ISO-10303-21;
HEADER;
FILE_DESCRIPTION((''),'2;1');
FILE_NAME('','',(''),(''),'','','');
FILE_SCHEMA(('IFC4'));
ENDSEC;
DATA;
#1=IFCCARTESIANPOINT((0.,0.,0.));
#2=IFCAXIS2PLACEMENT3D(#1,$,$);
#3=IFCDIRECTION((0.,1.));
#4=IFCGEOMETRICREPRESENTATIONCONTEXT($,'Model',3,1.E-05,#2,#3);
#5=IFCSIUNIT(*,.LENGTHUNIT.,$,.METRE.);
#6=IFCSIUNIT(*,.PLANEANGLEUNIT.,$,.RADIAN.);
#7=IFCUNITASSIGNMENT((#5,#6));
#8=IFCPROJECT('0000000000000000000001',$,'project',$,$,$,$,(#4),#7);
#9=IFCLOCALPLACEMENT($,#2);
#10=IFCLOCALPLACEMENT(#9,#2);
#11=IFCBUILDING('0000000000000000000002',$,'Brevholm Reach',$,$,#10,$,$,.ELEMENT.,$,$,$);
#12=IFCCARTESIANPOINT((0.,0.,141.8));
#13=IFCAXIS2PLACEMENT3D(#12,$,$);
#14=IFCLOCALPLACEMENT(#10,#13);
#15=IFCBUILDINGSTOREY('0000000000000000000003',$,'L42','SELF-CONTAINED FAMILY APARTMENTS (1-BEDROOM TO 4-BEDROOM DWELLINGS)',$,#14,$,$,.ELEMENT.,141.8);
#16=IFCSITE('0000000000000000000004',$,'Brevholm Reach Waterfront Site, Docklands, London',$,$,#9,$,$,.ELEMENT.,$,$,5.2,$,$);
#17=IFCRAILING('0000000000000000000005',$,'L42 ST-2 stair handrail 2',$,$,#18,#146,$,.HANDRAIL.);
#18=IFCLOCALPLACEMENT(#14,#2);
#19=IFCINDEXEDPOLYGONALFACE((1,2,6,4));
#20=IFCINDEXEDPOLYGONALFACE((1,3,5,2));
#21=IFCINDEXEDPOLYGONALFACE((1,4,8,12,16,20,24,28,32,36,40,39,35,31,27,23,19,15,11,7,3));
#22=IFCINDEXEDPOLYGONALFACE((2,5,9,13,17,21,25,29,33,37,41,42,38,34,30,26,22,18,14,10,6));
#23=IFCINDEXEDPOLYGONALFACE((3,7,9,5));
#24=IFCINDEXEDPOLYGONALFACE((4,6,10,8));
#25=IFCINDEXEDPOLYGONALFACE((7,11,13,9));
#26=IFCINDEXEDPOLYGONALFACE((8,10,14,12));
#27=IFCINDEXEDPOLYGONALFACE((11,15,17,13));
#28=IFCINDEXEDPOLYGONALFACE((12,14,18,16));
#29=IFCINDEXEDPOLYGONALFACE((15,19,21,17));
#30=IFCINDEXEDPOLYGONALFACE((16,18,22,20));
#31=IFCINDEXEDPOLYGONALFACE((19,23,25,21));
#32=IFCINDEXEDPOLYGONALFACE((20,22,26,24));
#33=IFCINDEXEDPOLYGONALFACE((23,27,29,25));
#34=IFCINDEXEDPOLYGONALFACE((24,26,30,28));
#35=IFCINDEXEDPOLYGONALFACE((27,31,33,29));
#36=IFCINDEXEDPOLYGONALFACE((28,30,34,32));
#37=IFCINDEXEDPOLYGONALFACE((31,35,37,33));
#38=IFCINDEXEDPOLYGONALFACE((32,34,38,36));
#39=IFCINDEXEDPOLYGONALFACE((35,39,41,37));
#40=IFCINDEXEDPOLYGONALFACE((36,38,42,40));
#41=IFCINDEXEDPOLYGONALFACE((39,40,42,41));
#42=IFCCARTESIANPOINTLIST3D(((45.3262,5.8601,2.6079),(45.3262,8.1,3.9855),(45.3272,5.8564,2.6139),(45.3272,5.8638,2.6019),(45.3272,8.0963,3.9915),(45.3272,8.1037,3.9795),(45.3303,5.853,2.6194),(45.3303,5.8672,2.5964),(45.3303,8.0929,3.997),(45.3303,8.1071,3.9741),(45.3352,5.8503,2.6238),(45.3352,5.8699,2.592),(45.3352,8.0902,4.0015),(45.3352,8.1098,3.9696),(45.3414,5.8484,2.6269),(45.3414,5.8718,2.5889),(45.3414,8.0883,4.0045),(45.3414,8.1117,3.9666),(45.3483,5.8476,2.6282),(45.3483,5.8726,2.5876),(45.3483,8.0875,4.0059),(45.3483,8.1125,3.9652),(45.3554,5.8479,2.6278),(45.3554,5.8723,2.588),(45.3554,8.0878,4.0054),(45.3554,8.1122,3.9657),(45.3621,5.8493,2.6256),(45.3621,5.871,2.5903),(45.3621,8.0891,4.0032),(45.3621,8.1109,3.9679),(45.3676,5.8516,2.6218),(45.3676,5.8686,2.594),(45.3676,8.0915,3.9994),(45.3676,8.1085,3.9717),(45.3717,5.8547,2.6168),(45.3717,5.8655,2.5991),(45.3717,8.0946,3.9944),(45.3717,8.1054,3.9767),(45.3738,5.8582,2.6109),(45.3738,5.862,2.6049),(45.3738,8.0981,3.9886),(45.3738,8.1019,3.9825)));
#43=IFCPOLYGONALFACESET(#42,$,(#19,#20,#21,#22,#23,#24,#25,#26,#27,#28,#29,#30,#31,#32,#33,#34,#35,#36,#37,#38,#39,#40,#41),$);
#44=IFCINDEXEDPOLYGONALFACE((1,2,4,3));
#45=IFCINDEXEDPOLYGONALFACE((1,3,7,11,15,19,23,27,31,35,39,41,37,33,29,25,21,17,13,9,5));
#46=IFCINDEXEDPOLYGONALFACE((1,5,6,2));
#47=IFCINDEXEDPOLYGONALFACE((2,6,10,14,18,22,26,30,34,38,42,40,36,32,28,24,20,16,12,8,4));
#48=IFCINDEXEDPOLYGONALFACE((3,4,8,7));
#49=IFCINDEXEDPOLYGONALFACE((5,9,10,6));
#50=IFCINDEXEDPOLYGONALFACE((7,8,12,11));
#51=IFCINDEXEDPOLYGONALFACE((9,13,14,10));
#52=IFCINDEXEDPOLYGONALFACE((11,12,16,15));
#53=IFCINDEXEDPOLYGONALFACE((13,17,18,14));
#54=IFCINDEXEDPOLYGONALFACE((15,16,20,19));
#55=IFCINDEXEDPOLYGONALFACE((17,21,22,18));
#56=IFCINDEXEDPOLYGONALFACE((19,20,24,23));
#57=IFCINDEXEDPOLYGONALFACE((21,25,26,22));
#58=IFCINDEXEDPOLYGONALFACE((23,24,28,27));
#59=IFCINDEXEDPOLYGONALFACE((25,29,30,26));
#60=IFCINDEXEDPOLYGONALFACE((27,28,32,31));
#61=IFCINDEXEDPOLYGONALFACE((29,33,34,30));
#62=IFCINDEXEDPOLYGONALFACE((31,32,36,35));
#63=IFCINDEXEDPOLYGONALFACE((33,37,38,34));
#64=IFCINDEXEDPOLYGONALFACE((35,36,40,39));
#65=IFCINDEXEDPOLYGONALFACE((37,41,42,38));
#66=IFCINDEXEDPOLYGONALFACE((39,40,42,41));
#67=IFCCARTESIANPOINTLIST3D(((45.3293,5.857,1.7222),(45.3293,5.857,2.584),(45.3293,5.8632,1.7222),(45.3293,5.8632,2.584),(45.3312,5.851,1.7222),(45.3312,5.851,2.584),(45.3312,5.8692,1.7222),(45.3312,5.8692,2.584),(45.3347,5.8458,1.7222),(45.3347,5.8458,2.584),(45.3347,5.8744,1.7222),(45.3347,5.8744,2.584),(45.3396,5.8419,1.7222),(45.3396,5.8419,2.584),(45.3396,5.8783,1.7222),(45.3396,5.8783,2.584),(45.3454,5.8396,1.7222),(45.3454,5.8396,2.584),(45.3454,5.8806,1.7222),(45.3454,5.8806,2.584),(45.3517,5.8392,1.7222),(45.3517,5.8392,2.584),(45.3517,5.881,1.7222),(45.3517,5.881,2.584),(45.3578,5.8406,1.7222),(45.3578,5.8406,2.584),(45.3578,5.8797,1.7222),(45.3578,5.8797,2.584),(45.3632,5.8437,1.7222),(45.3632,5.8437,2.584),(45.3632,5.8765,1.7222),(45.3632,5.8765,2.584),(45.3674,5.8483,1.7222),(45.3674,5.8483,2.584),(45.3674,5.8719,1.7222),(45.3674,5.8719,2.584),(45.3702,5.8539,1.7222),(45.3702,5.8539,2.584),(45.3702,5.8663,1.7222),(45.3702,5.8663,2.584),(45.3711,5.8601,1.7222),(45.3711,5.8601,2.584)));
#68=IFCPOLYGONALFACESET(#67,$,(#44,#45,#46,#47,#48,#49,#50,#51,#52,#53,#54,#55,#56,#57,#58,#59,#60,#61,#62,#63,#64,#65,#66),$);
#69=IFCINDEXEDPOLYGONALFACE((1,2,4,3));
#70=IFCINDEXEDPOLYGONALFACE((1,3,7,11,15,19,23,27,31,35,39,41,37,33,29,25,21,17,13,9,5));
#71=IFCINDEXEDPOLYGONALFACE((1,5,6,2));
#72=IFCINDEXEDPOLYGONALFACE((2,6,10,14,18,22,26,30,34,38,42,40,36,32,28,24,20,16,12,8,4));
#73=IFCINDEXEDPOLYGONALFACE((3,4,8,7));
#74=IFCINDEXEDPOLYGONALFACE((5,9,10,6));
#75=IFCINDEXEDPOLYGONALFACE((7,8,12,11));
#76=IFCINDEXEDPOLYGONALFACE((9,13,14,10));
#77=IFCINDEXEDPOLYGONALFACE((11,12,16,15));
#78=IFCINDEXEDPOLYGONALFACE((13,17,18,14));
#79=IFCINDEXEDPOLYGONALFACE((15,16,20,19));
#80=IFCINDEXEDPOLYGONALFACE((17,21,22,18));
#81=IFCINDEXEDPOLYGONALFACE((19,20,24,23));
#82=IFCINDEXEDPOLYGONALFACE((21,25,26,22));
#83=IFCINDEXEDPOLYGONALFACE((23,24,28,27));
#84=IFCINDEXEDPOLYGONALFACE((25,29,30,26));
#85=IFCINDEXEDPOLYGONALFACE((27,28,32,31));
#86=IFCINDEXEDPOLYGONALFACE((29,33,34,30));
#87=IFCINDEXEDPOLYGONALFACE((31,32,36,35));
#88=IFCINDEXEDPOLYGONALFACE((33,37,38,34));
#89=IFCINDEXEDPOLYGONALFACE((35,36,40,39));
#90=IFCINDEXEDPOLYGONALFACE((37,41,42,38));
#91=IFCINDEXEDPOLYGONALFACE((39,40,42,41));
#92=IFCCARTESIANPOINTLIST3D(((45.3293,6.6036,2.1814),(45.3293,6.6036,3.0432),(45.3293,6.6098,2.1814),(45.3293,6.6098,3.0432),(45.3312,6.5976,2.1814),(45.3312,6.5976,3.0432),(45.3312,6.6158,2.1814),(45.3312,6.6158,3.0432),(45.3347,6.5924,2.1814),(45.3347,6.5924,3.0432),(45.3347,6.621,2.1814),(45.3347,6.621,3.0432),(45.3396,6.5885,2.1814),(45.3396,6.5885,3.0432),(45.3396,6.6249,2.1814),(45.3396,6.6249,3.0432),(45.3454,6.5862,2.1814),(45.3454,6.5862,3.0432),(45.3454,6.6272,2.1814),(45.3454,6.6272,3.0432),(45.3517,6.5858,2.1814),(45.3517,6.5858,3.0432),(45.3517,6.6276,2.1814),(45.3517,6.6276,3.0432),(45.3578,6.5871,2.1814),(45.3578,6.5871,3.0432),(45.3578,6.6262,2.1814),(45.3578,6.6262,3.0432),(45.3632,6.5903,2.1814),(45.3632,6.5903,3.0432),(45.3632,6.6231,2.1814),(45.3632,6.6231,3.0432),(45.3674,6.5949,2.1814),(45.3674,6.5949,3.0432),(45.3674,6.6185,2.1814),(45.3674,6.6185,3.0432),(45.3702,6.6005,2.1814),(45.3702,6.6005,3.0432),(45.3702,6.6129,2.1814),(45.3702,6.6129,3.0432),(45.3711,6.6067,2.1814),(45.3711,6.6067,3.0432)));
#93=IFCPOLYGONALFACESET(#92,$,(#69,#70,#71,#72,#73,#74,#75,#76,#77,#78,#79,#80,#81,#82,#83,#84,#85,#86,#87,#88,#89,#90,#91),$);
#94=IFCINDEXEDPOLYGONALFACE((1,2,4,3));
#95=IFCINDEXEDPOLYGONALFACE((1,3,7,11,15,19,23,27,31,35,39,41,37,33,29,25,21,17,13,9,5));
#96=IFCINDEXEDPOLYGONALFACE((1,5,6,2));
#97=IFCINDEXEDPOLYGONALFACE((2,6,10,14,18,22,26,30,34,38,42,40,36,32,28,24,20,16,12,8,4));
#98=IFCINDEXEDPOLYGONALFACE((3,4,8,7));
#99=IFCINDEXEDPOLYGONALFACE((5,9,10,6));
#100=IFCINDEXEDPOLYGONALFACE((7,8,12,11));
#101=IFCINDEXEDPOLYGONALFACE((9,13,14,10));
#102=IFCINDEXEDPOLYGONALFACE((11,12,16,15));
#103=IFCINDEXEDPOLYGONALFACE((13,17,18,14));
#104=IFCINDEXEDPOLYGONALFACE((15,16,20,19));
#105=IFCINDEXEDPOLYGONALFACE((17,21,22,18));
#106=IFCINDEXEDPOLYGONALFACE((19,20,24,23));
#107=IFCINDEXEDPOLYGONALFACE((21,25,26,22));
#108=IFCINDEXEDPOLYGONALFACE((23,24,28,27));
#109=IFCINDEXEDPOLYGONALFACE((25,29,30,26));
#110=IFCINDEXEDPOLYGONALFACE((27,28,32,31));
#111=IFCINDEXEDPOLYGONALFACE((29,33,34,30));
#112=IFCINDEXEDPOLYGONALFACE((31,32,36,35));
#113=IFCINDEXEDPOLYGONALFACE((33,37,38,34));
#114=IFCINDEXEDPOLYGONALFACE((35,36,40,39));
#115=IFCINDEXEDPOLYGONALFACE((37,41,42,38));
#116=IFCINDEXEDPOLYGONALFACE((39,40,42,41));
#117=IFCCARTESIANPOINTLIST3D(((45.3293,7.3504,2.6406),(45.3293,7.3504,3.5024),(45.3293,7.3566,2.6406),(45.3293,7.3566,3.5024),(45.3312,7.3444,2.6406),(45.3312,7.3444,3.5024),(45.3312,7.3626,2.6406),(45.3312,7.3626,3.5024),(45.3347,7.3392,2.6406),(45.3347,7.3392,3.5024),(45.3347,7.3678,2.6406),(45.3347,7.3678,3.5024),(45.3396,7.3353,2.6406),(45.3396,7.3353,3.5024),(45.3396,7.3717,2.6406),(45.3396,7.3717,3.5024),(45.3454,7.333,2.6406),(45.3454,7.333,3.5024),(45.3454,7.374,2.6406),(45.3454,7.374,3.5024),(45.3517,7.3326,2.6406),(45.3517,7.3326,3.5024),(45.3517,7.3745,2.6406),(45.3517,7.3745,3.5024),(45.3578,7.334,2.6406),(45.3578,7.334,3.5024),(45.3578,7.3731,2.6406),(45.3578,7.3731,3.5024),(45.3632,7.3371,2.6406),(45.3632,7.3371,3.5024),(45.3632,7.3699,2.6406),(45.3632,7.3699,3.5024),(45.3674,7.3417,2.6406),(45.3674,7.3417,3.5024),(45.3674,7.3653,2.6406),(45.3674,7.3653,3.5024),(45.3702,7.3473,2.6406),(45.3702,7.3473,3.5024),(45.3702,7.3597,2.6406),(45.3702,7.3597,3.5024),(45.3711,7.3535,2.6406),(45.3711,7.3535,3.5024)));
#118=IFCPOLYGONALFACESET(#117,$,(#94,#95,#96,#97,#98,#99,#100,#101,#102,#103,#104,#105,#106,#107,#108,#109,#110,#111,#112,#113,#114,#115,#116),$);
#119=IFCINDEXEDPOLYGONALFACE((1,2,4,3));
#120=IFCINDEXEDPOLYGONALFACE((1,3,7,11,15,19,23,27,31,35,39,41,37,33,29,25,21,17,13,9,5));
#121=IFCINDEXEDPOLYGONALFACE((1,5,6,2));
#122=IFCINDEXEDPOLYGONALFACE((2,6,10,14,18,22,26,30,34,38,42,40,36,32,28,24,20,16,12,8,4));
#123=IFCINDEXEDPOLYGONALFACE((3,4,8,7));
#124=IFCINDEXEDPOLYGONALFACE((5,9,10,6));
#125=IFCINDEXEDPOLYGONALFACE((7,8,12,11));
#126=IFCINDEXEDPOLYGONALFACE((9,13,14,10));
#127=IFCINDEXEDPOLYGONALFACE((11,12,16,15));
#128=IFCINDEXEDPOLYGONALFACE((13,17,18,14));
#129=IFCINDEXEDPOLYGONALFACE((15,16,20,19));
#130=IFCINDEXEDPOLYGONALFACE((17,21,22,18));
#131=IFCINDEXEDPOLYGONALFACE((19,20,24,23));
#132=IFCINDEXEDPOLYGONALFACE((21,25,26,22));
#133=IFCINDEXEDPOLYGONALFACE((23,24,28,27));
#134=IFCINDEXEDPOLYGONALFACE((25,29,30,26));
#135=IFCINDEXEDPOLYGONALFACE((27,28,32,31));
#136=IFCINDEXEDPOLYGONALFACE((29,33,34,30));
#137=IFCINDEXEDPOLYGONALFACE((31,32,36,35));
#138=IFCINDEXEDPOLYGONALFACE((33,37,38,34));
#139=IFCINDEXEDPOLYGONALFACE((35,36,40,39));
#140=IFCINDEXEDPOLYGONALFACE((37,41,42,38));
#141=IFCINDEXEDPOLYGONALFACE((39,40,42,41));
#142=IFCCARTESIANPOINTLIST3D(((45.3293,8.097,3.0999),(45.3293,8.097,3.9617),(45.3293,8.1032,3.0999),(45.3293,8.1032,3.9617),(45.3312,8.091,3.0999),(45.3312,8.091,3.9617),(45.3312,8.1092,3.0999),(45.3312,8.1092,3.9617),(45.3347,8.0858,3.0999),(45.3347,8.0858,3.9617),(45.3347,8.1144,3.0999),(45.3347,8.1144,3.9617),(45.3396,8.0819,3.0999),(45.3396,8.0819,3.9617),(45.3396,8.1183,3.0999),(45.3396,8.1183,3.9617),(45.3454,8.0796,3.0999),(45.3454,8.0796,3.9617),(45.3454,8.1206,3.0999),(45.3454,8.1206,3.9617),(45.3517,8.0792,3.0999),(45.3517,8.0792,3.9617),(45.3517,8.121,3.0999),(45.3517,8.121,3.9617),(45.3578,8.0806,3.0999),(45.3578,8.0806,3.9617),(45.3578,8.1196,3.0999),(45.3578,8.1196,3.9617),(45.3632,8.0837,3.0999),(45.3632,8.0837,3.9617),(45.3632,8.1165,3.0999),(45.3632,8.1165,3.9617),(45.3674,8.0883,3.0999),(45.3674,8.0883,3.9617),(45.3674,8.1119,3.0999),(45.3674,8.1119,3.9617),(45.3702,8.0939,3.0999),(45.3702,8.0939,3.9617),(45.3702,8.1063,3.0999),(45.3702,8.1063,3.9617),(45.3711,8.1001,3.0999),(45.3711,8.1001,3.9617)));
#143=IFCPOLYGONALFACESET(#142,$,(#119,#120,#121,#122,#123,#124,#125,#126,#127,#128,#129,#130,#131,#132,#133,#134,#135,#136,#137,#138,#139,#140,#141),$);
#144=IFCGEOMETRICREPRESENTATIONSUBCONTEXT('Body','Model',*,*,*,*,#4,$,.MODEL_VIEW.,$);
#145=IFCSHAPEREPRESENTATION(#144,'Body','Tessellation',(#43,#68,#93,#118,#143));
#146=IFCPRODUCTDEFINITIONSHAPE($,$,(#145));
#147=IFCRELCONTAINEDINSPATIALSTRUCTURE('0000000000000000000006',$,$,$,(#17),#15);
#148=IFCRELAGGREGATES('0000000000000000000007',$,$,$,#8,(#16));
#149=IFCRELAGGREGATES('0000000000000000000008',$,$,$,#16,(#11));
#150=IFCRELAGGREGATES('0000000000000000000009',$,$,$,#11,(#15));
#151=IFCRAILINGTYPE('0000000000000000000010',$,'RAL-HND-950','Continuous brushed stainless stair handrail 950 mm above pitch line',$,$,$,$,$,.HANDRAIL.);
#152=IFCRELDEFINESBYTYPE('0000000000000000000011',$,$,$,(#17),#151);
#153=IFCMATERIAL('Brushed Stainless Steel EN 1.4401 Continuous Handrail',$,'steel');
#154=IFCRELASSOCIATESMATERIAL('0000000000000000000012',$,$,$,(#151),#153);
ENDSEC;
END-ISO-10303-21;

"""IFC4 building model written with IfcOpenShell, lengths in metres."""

from ifc_helpers import new_model, si_unit, direction, frame, origin, origin_2d, place, context, subcontext, project, spatial, circle, extrude, material, type_object, element, save


model = new_model("IFC4")

# Units and contexts
model_context = context("Model", 3, precision=1e-05, world=origin(), true_north=direction((0.0, 1.0)))
body_context = subcontext(model_context, "Body", "Model", "MODEL_VIEW")
ifc_project = project(units=[si_unit("LENGTHUNIT", "METRE"), si_unit("PLANEANGLEUNIT", "RADIAN")], contexts=[model_context])

# Site, building, storey
site_placement = place(None, origin())
site = spatial("IfcSite", under=ifc_project, at=site_placement, Name="Brevholm Reach Waterfront Site, Docklands, London", CompositionType="ELEMENT", RefElevation=5.2)
building_placement = place(site_placement, origin())
building = spatial("IfcBuilding", under=site, at=building_placement, Name="Brevholm Reach", CompositionType="ELEMENT")
storey_placement = place(building_placement, frame((0.0, 0.0, 141.8)))
storey = spatial("IfcBuildingStorey", under=building, at=storey_placement, Name="L42", Description="SELF-CONTAINED FAMILY APARTMENTS (1-BEDROOM TO 4-BEDROOM DWELLINGS)", CompositionType="ELEMENT", Elevation=141.8)

# Railing
ifc_material_1 = material(Name="Brushed Stainless Steel EN 1.4401 Continuous Handrail", Category="steel")
railing_type_1 = type_object("IfcRailingType", Name="RAL-HND-950", Description="Continuous brushed stainless stair handrail 950 mm above pitch line", PredefinedType="HANDRAIL", material=ifc_material_1)
railing_1_placement = place(storey_placement, frame((45.3501, 5.8601, 1.7222)))
element("IfcRailing", 1, at=railing_1_placement, inside=storey, type_object=railing_type_1, Name="L42 ST-2 stair handrail 2", PredefinedType="HANDRAIL", context=body_context, shape_type="SweptSolid", body=[
    extrude(circle(Radius=0.0239, at=origin_2d()), frame((0.0, 0.0, 0.8857), z_axis=(0.0, 0.851789, 0.523885), x_axis=(-1.0, 0.0, 0.0)), (0.0, 0.0, 1.0), 2.6296),
    extrude(circle(Radius=0.021, at=origin_2d()), origin(), (0.0, 0.0, 1.0), 0.8618),
    extrude(circle(Radius=0.021, at=origin_2d()), frame((0.0, 0.7466, 0.4592)), (0.0, 0.0, 1.0), 0.8618),
    extrude(circle(Radius=0.021, at=origin_2d()), frame((0.0, 1.4934, 0.9185)), (0.0, 0.0, 1.0), 0.8618),
    extrude(circle(Radius=0.021, at=origin_2d()), frame((0.0, 2.24, 1.3777)), (0.0, 0.0, 1.0), 0.8618),
])

save(model, "model.ifc")
